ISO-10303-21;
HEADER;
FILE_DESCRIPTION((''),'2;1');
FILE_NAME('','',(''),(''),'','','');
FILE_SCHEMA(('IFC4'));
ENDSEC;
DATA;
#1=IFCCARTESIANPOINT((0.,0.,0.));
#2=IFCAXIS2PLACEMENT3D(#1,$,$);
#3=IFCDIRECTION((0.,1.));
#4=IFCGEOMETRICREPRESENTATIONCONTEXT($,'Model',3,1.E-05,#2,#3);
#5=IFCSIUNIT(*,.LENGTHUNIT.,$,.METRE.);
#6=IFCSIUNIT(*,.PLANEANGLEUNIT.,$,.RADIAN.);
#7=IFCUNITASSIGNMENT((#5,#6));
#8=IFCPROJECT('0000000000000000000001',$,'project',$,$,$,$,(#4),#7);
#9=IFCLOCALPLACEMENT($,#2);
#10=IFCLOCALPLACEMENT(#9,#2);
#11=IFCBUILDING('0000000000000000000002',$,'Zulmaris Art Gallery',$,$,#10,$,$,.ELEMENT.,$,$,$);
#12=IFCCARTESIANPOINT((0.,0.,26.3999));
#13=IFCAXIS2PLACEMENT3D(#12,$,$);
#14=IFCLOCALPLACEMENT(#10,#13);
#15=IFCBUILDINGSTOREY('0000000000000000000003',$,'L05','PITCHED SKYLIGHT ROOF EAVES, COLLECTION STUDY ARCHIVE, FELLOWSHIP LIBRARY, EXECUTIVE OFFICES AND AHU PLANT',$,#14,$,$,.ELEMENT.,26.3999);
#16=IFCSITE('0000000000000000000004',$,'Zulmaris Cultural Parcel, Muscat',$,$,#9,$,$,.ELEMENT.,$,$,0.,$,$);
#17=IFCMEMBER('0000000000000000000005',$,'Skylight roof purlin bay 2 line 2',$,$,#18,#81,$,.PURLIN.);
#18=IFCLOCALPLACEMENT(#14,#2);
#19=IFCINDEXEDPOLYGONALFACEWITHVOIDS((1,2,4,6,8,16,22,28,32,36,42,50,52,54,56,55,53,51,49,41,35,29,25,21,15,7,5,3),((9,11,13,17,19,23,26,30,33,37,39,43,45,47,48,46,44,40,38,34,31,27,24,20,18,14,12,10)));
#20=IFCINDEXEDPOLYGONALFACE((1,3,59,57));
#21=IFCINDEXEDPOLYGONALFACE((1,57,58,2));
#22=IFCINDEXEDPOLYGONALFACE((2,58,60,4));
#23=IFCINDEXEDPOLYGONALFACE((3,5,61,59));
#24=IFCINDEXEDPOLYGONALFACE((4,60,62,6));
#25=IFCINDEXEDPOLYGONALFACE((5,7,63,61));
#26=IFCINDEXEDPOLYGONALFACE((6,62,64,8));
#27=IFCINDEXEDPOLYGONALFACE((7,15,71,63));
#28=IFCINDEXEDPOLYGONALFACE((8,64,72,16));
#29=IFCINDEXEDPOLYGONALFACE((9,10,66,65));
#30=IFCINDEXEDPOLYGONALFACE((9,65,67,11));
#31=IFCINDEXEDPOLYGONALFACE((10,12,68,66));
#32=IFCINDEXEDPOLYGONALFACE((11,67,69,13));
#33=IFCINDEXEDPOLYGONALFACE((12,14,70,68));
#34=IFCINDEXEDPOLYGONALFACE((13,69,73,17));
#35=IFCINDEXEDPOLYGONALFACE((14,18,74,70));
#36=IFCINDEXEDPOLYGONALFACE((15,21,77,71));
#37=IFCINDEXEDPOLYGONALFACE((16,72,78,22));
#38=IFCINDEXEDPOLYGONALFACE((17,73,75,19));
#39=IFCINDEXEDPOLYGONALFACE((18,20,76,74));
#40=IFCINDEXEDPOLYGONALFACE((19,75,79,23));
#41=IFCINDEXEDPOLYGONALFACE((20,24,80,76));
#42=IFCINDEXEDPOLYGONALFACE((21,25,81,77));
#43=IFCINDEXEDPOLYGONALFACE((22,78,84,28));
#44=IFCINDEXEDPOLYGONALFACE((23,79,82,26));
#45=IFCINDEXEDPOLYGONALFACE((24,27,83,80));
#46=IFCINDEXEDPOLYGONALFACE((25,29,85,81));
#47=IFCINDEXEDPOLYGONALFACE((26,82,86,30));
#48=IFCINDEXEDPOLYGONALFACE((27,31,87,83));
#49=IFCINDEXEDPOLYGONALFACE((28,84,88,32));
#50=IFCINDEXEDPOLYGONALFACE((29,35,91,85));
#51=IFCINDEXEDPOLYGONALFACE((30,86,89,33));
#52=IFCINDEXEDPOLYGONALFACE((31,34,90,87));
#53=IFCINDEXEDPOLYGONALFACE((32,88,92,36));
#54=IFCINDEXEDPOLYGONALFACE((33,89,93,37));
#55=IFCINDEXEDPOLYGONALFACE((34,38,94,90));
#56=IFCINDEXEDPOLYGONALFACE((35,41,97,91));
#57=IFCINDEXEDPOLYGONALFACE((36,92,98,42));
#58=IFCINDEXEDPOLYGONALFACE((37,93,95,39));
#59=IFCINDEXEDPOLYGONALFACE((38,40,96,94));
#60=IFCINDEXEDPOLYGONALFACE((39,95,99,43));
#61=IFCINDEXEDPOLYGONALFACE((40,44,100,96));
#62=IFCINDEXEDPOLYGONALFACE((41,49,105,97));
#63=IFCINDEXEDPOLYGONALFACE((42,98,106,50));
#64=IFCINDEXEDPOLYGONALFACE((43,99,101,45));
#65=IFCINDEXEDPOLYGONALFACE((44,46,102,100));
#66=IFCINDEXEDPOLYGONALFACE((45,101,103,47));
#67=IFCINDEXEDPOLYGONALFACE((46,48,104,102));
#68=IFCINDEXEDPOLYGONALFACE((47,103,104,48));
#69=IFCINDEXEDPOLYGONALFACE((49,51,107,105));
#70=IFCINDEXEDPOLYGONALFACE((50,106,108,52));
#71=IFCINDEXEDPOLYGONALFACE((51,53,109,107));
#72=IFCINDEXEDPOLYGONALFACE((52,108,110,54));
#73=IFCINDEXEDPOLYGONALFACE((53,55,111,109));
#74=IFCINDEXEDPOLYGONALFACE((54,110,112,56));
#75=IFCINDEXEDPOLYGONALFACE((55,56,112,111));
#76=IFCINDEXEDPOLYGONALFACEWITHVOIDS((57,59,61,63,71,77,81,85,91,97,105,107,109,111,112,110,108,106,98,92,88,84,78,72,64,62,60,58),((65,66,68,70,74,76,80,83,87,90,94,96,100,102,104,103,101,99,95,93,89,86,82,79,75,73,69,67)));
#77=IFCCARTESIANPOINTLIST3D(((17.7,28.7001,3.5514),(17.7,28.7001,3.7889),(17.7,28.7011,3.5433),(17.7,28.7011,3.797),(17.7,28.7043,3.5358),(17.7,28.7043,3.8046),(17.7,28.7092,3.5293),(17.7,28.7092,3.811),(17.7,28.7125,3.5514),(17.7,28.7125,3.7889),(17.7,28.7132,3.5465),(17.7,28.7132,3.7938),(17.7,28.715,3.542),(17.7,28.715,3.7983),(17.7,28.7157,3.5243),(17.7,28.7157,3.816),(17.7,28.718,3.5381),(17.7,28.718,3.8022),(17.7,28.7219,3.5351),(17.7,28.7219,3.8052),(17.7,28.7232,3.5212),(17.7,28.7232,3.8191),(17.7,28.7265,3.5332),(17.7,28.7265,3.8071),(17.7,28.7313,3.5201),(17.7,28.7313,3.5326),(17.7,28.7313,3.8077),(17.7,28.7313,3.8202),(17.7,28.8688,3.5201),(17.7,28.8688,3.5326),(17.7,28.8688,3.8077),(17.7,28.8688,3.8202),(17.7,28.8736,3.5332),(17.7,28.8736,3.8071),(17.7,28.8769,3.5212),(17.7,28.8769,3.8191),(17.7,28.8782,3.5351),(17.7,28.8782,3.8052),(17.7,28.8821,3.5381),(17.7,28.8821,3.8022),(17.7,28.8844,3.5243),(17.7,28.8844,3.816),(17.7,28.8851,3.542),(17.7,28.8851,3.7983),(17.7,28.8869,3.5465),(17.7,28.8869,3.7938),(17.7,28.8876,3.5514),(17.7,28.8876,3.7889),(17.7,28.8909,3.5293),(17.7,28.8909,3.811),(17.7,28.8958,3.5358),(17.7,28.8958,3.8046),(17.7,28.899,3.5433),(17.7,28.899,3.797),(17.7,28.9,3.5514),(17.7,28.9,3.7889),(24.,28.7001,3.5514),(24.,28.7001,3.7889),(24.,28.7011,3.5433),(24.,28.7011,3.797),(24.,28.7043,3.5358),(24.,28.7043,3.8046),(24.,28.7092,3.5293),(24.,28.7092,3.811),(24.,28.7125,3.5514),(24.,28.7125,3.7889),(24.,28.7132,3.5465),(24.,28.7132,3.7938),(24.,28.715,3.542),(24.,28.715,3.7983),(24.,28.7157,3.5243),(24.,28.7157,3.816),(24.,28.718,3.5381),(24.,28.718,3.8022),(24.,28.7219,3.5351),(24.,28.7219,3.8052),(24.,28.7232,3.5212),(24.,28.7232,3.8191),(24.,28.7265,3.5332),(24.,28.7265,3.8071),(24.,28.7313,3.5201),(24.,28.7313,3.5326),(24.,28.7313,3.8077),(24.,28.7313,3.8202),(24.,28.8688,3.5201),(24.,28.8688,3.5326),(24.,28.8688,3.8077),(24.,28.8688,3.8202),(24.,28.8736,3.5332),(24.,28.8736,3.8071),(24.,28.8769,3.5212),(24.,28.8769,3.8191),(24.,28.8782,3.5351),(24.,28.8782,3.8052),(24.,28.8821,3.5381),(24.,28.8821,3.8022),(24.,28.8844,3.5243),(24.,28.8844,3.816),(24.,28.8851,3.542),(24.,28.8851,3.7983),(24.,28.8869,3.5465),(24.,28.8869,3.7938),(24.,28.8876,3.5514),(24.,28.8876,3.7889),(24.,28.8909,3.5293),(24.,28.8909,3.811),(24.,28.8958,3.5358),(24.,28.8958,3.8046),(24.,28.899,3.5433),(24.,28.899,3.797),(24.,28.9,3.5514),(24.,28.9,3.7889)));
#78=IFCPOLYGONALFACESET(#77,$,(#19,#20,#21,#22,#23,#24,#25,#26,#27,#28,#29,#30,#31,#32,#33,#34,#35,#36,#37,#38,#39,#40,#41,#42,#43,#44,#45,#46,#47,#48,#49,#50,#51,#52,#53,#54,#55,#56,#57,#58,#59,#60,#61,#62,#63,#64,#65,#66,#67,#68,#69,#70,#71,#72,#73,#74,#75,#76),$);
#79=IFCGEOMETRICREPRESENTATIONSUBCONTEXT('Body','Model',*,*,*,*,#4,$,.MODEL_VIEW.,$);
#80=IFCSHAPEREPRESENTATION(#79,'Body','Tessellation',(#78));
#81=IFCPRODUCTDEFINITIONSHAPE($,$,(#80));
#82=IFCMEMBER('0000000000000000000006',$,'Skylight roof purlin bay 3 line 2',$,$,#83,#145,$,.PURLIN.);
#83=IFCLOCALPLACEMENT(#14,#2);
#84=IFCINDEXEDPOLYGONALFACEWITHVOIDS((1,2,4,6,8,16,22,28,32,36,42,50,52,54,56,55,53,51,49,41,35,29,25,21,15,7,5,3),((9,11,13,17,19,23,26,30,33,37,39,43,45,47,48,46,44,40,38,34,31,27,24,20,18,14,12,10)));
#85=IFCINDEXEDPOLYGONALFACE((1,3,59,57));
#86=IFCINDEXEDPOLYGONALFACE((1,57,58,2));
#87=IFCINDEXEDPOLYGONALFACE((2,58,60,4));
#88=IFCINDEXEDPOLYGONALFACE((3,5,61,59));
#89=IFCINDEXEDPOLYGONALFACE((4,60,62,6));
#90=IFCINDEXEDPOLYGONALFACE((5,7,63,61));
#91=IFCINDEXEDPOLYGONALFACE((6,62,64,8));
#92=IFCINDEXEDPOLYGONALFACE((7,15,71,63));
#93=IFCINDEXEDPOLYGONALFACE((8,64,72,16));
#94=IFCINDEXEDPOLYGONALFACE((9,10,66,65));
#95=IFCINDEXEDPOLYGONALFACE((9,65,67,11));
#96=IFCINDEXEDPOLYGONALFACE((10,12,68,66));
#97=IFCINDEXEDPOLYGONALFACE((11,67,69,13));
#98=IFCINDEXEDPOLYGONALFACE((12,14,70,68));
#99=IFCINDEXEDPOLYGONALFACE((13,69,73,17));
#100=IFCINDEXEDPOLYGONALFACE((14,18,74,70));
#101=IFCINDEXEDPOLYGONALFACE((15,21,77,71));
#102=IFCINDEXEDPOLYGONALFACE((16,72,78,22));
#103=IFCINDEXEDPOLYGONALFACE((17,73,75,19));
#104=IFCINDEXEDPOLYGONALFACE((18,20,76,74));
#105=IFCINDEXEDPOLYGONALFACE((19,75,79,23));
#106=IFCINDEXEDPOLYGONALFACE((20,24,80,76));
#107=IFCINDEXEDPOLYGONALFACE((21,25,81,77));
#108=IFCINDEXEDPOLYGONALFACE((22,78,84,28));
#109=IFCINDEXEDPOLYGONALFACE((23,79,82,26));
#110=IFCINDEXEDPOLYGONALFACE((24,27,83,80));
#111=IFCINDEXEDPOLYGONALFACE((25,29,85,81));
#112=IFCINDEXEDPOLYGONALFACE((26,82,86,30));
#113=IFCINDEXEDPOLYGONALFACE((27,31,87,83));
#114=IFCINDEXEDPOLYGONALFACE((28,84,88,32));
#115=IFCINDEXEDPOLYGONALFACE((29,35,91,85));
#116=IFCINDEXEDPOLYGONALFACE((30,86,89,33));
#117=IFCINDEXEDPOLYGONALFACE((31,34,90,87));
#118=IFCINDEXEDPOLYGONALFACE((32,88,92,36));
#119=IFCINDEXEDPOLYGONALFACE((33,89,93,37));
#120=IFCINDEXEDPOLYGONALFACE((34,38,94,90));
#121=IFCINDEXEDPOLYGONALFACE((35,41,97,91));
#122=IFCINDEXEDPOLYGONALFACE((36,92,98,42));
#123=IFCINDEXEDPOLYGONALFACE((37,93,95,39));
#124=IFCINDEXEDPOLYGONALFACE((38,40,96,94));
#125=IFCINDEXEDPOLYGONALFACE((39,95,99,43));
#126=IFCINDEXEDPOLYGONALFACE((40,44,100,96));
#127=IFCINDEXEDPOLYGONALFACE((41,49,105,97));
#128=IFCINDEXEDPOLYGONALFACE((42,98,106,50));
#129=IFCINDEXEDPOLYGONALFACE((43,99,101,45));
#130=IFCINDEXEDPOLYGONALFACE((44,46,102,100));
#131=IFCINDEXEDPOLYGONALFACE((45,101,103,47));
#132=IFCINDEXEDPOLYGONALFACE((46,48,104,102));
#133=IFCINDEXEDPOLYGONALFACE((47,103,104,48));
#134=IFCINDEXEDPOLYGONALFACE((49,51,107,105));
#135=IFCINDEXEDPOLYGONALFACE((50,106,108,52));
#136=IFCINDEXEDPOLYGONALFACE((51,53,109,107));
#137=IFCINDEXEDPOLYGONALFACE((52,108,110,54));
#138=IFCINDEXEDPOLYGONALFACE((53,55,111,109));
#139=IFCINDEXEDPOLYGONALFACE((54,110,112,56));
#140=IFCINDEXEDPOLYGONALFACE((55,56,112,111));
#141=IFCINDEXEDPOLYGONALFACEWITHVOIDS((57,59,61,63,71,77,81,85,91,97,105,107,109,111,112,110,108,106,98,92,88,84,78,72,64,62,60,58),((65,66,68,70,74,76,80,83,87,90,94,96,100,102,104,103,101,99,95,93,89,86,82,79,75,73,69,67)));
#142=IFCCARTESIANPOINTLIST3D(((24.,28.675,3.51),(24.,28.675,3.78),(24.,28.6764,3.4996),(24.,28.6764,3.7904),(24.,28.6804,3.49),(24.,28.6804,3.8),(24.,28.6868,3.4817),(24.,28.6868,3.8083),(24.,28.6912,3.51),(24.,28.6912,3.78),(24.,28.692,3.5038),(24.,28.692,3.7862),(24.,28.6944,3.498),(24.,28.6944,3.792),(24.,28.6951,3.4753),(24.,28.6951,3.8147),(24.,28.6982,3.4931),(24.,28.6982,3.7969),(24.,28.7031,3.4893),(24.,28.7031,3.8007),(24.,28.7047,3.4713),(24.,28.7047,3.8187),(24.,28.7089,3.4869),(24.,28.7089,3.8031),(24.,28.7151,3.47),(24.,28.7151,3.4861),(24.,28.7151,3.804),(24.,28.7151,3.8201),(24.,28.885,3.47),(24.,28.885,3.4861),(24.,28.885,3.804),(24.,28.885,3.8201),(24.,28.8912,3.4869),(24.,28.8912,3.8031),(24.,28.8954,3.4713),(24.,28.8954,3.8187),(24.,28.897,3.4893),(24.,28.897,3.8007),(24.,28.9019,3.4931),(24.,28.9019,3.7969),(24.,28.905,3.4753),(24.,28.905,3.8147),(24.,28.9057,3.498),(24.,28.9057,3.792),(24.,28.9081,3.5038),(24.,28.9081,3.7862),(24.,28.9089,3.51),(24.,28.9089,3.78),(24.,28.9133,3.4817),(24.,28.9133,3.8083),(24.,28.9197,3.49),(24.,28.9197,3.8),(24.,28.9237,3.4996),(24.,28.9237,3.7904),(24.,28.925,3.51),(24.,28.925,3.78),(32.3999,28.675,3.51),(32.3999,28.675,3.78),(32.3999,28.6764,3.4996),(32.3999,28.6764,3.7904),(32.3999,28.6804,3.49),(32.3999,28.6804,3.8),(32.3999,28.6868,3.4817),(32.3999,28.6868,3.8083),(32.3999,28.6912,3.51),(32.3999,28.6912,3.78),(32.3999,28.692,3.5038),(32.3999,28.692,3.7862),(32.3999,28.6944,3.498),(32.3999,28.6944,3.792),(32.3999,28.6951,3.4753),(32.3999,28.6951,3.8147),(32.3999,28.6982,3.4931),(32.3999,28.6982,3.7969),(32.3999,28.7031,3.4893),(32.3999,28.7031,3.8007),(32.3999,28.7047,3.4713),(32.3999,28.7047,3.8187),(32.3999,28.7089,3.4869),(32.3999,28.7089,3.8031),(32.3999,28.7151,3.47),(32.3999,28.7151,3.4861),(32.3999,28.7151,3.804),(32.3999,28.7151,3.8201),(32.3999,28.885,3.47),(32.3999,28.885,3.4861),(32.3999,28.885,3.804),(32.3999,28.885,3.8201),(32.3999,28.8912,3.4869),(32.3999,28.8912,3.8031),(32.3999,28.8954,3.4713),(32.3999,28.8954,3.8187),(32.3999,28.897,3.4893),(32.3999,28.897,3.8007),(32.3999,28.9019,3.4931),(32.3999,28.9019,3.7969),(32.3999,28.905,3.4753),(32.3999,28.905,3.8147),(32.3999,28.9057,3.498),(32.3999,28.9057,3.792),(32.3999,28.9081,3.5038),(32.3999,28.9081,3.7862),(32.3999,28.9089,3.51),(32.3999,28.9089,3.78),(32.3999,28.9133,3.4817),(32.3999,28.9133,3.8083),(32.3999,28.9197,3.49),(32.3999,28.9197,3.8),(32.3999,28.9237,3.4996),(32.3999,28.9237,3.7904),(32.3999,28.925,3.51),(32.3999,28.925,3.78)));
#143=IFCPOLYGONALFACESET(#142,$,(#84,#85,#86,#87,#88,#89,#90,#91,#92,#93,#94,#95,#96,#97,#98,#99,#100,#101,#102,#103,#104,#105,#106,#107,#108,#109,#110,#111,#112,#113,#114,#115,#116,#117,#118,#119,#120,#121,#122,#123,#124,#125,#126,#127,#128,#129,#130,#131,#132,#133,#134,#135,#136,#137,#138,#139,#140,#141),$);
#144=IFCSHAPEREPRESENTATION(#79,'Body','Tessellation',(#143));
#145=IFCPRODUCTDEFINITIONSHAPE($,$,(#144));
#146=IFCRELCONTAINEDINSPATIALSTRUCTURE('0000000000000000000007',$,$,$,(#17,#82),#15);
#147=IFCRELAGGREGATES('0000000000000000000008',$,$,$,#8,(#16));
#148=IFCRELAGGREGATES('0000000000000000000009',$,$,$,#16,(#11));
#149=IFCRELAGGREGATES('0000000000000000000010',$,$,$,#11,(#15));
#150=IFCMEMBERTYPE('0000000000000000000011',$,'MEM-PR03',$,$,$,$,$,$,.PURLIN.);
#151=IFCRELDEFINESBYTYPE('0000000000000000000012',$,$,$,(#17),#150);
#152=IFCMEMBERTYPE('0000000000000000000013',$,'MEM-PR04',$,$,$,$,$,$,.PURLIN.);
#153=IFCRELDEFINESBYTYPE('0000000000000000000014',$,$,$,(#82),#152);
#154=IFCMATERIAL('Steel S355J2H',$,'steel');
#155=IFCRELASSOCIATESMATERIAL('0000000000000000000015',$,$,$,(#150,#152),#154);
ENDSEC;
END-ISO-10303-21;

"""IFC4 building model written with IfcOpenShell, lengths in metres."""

from ifc_helpers import new_model, si_unit, direction, frame, origin, origin_2d, place, context, subcontext, project, spatial, hollow_rectangle, extrude, material, material_profile, profile_set, type_object, element, save


model = new_model("IFC4")

# Units and contexts
model_context = context("Model", 3, precision=1e-05, world=origin(), true_north=direction((0.0, 1.0)))
body_context = subcontext(model_context, "Body", "Model", "MODEL_VIEW")
ifc_project = project(units=[si_unit("LENGTHUNIT", "METRE"), si_unit("PLANEANGLEUNIT", "RADIAN")], contexts=[model_context])

# Site, building, storey
site_placement = place(None, origin())
site = spatial("IfcSite", under=ifc_project, at=site_placement, Name="Zulmaris Cultural Parcel, Muscat", CompositionType="ELEMENT", RefElevation=0.0)
building_placement = place(site_placement, origin())
building = spatial("IfcBuilding", under=site, at=building_placement, Name="Zulmaris Art Gallery", CompositionType="ELEMENT")
storey_placement = place(building_placement, frame((0.0, 0.0, 26.3999)))
storey = spatial("IfcBuildingStorey", under=building, at=storey_placement, Name="L05", Description="PITCHED SKYLIGHT ROOF EAVES, COLLECTION STUDY ARCHIVE, FELLOWSHIP LIBRARY, EXECUTIVE OFFICES AND AHU PLANT", CompositionType="ELEMENT", Elevation=26.3999)

# Members
ifc_material_1 = material(Name="Steel S355J2H", Category="steel")
ifc_material_profile_1 = material_profile(ifc_material_1, hollow_rectangle(XDim=0.2, YDim=0.3, WallThickness=0.0125, InnerFilletRadius=0.0188, OuterFilletRadius=0.0312, at=origin_2d()), Name="RHS 300x200x12.5")
ifc_profile_set_1 = profile_set([ifc_material_profile_1], Name="Steel S355J2H")
member_type_1 = type_object("IfcMemberType", Name="MEM-PR03", PredefinedType="PURLIN", material=ifc_profile_set_1)
for number, where, z_axis, x_axis, name in (
    (1, (17.7, 28.8, 3.6702), (1.0, 0.0, 0.0), (0.0, 1.0, 0.0), "Skylight roof purlin bay 2 line 2"),
):
    element("IfcMember", number, at=place(storey_placement, frame(where, z_axis=z_axis, x_axis=x_axis)), inside=storey, type_object=member_type_1, Name=name, PredefinedType="PURLIN", context=body_context, shape_type="SweptSolid", body=[
        extrude(hollow_rectangle(XDim=0.2, YDim=0.3, WallThickness=0.0125, InnerFilletRadius=0.0188, OuterFilletRadius=0.0312, at=origin_2d()), origin(), (0.0, 0.0, 1.0), 6.3),
    ])
ifc_material_profile_2 = material_profile(ifc_material_1, hollow_rectangle(XDim=0.25, YDim=0.3501, WallThickness=0.0161, InnerFilletRadius=0.0239, OuterFilletRadius=0.04, at=origin_2d()), Name="RHS 350x250x16")
ifc_profile_set_2 = profile_set([ifc_material_profile_2], Name="Steel S355J2H")
member_type_2 = type_object("IfcMemberType", Name="MEM-PR04", PredefinedType="PURLIN", material=ifc_profile_set_2)
member_1_placement = place(storey_placement, frame((24.0, 28.8, 3.645), z_axis=(1.0, 0.0, 0.0), x_axis=(0.0, 1.0, 0.0)))
element("IfcMember", 2, at=member_1_placement, inside=storey, type_object=member_type_2, Name="Skylight roof purlin bay 3 line 2", PredefinedType="PURLIN", context=body_context, shape_type="SweptSolid", body=[
    extrude(hollow_rectangle(XDim=0.25, YDim=0.3501, WallThickness=0.0161, InnerFilletRadius=0.0239, OuterFilletRadius=0.04, at=origin_2d()), origin(), (0.0, 0.0, 1.0), 8.3999),
])

save(model, "model.ifc")
